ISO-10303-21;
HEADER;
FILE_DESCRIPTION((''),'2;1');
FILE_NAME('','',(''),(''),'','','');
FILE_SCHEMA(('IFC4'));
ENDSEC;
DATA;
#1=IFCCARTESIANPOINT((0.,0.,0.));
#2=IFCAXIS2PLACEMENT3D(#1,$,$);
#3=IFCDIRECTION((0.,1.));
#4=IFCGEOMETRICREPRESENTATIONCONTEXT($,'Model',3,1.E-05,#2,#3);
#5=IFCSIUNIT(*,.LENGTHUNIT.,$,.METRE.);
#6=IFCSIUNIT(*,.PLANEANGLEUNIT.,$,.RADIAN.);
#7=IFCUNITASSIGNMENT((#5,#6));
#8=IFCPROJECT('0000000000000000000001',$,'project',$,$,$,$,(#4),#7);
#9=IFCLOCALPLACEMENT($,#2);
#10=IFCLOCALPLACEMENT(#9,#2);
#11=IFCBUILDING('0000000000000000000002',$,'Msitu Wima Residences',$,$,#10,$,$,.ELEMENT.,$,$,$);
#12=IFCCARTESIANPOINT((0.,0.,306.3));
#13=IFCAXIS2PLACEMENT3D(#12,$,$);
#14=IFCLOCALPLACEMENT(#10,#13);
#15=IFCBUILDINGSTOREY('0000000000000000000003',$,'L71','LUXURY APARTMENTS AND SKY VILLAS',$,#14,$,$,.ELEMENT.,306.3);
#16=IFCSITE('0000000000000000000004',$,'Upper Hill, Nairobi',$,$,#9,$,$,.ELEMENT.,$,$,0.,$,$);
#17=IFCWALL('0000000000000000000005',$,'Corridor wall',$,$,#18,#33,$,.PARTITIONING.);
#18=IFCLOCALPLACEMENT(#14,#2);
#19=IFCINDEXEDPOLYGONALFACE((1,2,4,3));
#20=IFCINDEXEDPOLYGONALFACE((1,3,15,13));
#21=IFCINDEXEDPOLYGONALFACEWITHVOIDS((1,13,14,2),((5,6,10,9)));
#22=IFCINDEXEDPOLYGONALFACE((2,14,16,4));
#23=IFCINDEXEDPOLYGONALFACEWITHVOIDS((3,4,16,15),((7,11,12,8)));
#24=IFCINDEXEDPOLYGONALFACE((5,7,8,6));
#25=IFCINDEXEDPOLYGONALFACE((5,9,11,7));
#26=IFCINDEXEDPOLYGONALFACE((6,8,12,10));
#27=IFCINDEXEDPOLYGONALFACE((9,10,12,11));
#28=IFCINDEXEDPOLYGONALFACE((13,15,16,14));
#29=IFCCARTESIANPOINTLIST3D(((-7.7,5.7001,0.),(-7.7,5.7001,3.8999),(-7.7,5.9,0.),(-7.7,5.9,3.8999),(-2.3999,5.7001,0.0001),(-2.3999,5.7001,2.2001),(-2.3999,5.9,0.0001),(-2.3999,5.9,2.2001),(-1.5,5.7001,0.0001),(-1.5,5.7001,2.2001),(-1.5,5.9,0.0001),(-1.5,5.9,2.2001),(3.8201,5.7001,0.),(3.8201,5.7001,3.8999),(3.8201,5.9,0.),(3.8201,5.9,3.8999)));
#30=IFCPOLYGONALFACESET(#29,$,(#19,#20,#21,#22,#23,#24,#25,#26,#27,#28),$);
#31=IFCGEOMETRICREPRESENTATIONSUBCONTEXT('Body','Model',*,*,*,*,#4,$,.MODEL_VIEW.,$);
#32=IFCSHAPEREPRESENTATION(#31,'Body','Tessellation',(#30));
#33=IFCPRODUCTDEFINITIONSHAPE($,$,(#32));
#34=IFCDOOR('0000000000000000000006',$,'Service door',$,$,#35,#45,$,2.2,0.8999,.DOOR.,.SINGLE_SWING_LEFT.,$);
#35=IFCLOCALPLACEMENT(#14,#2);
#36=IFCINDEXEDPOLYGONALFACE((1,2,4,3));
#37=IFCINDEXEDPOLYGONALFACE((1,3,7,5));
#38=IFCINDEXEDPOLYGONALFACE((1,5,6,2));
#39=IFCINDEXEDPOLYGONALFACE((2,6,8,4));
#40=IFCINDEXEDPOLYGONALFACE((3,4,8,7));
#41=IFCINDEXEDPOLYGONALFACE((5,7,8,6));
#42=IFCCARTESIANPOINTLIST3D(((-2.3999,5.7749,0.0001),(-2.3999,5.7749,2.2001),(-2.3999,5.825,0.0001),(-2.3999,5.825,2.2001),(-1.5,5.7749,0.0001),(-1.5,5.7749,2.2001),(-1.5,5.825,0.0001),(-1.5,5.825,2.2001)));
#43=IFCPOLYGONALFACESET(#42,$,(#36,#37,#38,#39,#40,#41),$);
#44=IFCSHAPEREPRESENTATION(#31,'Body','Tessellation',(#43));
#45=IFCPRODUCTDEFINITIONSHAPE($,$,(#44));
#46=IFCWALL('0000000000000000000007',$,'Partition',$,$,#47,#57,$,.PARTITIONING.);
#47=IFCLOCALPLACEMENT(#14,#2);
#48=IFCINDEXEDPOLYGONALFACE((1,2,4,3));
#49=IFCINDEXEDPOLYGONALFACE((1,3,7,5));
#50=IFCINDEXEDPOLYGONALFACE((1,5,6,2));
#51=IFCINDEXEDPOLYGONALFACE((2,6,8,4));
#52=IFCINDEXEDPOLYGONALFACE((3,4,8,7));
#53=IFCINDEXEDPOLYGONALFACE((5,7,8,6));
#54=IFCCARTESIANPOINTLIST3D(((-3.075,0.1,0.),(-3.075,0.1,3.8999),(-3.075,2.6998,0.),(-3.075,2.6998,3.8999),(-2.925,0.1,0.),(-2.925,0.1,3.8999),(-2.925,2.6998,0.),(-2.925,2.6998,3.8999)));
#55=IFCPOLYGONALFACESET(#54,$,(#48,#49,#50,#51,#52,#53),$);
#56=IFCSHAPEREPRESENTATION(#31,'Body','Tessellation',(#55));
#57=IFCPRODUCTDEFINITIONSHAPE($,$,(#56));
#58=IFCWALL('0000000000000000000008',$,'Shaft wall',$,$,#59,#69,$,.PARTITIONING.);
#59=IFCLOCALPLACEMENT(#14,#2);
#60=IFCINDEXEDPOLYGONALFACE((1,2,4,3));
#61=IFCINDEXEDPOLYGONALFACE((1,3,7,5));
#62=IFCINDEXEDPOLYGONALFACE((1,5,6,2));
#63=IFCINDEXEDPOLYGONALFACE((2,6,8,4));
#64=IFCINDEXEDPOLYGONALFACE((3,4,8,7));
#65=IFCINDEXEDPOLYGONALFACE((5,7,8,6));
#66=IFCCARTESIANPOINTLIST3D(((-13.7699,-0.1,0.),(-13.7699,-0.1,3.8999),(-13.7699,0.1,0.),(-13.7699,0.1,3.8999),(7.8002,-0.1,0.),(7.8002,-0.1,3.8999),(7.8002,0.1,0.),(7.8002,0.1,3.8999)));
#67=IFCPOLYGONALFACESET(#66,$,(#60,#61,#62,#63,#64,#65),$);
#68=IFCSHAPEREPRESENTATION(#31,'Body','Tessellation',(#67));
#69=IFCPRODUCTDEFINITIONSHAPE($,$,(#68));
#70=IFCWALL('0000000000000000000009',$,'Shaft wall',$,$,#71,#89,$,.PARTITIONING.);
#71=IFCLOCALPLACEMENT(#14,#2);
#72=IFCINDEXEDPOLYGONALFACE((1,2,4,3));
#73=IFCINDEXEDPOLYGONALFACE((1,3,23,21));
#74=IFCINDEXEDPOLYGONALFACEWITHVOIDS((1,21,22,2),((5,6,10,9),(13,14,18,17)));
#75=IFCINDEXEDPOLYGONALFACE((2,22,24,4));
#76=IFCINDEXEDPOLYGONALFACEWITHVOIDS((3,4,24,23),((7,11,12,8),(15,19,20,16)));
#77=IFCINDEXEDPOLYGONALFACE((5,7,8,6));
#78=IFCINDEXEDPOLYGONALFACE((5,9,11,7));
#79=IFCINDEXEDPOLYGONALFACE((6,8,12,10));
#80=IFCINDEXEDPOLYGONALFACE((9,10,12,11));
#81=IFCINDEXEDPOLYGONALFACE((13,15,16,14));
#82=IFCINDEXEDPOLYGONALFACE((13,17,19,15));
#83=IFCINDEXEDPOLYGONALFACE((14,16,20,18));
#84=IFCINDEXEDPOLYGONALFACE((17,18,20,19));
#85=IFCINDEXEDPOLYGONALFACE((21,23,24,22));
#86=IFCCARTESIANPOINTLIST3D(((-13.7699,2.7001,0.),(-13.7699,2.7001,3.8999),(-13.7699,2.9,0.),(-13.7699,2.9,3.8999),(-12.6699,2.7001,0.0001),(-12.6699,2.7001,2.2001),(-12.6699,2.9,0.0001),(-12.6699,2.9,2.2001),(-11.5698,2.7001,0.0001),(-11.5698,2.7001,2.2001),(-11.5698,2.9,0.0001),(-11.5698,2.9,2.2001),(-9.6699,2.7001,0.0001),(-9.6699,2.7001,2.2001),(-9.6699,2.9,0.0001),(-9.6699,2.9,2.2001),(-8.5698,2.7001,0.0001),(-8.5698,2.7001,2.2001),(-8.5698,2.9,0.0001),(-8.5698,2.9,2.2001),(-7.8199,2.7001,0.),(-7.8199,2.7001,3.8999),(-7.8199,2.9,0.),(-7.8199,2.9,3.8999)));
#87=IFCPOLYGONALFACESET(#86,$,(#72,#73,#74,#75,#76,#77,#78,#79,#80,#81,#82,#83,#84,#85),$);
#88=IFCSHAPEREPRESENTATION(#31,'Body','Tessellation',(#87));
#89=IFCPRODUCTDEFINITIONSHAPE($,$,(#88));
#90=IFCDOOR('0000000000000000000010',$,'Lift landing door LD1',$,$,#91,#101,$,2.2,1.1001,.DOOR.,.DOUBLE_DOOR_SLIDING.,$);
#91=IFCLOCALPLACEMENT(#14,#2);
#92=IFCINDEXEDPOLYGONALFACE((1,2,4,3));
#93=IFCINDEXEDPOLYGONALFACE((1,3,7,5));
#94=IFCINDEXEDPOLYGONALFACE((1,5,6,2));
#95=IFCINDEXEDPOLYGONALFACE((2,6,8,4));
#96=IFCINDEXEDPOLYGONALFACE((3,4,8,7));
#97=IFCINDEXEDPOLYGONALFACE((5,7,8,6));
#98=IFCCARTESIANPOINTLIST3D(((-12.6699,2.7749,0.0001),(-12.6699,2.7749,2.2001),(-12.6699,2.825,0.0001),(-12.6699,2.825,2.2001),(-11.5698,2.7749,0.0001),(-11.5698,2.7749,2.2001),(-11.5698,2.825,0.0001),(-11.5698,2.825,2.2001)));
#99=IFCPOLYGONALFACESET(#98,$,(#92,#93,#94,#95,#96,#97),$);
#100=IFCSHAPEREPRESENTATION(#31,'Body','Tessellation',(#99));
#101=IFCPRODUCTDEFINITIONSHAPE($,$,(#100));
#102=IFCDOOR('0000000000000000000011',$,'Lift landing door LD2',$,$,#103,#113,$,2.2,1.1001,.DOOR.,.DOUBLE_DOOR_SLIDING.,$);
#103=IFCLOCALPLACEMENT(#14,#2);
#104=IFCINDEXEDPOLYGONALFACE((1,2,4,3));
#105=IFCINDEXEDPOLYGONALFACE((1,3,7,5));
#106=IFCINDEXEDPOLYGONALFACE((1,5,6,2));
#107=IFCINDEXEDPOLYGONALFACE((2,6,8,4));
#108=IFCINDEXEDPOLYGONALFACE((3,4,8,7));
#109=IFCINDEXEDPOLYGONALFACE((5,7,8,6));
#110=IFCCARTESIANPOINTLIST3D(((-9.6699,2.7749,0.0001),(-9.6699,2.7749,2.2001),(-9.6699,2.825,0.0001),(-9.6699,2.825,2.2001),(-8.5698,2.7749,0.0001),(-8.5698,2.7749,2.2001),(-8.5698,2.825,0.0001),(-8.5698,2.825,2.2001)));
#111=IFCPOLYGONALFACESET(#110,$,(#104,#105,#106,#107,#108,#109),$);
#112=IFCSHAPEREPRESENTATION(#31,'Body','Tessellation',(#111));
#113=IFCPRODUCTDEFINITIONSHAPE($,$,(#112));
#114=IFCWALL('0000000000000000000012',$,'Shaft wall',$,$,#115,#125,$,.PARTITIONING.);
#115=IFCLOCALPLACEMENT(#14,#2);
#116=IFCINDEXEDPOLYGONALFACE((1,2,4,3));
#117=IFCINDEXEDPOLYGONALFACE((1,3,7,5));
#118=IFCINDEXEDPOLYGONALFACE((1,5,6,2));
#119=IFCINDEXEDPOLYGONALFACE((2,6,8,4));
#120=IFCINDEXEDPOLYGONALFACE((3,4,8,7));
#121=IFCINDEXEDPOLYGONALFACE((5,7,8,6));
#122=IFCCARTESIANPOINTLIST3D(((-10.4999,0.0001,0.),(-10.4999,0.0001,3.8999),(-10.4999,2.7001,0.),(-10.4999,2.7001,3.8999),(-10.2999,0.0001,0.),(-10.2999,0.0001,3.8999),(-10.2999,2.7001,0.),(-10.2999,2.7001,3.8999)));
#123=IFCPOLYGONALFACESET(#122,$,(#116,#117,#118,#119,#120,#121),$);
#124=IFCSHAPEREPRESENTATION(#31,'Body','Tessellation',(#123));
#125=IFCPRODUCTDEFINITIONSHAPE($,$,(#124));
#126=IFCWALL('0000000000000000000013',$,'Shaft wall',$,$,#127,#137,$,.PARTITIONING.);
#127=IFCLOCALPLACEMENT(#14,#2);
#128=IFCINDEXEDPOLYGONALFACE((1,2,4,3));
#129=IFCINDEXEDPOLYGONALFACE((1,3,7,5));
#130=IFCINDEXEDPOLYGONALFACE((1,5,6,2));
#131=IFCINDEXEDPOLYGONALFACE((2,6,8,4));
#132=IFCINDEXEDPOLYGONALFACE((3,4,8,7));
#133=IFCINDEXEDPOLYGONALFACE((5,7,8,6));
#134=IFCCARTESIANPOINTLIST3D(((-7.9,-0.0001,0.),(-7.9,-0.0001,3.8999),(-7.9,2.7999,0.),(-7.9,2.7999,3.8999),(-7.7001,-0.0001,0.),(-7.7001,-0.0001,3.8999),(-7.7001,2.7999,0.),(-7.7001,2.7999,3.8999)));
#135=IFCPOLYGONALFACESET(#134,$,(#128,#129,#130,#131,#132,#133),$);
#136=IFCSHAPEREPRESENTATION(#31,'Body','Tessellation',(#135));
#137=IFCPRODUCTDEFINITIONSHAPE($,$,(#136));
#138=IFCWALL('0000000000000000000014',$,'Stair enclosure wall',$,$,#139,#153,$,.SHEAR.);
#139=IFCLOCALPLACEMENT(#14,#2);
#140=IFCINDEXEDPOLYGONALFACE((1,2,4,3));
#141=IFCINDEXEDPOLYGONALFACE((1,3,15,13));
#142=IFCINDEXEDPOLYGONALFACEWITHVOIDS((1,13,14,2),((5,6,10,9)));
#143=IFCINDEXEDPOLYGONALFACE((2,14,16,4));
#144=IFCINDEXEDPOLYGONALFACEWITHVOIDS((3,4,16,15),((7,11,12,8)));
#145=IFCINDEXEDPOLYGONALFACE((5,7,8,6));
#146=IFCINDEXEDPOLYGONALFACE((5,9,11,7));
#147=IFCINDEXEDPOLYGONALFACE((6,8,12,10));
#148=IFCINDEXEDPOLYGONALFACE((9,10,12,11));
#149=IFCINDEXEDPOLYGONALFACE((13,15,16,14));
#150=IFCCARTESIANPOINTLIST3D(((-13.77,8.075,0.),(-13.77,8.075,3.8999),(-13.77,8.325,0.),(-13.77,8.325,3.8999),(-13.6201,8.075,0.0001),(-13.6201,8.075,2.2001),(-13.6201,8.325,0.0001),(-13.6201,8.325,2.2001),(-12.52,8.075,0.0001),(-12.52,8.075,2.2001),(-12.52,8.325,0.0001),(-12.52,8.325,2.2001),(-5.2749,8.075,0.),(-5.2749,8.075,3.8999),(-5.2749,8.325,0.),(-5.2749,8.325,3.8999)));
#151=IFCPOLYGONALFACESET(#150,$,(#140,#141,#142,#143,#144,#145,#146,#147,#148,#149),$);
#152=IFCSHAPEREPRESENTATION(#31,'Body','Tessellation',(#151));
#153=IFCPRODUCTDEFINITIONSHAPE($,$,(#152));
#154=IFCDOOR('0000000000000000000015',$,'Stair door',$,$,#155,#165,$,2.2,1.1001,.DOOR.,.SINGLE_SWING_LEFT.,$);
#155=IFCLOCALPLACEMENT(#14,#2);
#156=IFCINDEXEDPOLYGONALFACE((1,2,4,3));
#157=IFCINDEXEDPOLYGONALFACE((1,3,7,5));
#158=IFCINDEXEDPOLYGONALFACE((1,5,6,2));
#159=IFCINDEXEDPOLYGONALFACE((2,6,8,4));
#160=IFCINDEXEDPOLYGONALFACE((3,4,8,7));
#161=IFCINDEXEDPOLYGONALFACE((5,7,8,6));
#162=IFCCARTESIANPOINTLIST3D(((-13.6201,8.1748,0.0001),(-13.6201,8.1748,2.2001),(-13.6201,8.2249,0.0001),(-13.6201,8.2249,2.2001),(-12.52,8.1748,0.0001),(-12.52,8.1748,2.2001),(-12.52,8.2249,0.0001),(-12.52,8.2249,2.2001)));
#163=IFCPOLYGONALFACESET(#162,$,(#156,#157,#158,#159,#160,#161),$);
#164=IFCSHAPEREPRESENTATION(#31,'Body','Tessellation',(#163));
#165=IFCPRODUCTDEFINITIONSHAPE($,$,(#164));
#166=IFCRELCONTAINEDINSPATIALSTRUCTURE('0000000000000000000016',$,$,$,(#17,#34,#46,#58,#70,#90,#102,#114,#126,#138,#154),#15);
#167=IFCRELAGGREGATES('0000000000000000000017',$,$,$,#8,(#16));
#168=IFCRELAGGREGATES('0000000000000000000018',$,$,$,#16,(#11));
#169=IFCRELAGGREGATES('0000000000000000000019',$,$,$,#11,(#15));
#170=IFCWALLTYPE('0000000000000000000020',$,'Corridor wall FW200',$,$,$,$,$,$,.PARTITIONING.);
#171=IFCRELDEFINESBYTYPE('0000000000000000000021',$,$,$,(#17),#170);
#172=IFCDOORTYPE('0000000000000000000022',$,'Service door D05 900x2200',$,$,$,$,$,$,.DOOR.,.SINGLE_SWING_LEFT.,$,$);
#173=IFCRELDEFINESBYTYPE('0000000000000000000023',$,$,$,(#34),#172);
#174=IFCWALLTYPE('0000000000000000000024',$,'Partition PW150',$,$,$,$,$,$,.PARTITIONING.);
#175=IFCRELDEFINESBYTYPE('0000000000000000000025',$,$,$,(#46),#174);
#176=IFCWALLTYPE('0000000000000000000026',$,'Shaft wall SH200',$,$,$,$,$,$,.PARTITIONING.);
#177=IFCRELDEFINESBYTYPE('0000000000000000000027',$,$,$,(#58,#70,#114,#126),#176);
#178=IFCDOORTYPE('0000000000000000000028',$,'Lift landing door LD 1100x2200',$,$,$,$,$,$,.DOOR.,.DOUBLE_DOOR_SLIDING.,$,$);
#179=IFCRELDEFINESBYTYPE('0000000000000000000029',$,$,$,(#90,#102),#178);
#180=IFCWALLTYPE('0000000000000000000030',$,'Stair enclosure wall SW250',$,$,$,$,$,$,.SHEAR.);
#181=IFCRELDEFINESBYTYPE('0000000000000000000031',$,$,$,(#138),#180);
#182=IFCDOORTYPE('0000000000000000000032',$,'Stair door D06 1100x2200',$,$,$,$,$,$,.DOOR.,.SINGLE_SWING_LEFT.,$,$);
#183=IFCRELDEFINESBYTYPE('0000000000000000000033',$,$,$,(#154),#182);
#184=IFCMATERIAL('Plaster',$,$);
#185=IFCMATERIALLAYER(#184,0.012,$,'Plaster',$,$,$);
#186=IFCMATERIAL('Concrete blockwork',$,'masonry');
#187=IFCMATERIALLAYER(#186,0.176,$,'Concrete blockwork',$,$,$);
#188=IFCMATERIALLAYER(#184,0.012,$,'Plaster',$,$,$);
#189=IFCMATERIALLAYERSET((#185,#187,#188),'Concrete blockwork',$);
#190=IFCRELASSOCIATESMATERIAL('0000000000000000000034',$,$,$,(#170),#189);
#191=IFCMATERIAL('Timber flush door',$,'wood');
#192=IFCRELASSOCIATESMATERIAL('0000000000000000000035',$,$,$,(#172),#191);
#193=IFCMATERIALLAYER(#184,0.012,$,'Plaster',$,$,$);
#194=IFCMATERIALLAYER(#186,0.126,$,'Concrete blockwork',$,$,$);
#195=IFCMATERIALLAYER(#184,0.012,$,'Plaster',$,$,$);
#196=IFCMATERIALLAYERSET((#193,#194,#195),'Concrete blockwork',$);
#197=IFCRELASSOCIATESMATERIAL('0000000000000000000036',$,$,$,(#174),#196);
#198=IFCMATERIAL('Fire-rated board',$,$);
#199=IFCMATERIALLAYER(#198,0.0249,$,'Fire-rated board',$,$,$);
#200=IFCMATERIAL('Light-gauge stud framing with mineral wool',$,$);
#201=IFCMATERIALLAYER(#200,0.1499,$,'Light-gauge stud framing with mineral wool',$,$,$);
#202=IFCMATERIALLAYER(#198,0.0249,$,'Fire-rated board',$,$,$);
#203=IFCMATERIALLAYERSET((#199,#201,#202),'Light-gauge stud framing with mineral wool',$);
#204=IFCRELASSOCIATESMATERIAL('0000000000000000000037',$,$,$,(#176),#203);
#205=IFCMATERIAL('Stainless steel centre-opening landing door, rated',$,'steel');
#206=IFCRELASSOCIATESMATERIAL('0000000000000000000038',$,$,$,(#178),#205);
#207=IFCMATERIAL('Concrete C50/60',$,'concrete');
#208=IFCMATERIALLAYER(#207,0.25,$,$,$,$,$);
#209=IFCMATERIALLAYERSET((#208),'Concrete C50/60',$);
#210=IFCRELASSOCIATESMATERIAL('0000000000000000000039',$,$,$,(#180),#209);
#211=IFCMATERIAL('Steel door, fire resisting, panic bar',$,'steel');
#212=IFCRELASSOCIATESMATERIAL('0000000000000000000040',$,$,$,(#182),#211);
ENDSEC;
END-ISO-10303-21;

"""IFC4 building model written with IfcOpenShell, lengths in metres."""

from ifc_helpers import new_model, si_unit, direction, frame, frame_2d, origin, place, context, subcontext, project, spatial, rectangle, extrude, material, layer, layer_set, type_object, element, fill, save


model = new_model("IFC4")

# Units and contexts
model_context = context("Model", 3, precision=1e-05, world=origin(), true_north=direction((0.0, 1.0)))
body_context = subcontext(model_context, "Body", "Model", "MODEL_VIEW")
ifc_project = project(units=[si_unit("LENGTHUNIT", "METRE"), si_unit("PLANEANGLEUNIT", "RADIAN")], contexts=[model_context])

# Site, building, storey
site_placement = place(None, origin())
site = spatial("IfcSite", under=ifc_project, at=site_placement, Name="Upper Hill, Nairobi", CompositionType="ELEMENT", RefElevation=0.0)
building_placement = place(site_placement, origin())
building = spatial("IfcBuilding", under=site, at=building_placement, Name="Msitu Wima Residences", CompositionType="ELEMENT")
storey_placement = place(building_placement, frame((0.0, 0.0, 306.3)))
storey = spatial("IfcBuildingStorey", under=building, at=storey_placement, Name="L71", Description="LUXURY APARTMENTS AND SKY VILLAS", CompositionType="ELEMENT", Elevation=306.3)

# Shared definitions
ifc_material_1 = material(Name="Plaster")
ifc_layer_1 = layer(ifc_material_1, 0.012, Name="Plaster")
ifc_material_2 = material(Name="Concrete blockwork", Category="masonry")
ifc_layer_2 = layer(ifc_material_2, 0.176, Name="Concrete blockwork")
ifc_layer_3 = layer(ifc_material_1, 0.012, Name="Plaster")
ifc_layer_set_1 = layer_set([ifc_layer_1, ifc_layer_2, ifc_layer_3], Name="Concrete blockwork")
wall_type_1 = type_object("IfcWallType", Name="Corridor wall FW200", PredefinedType="PARTITIONING", material=ifc_layer_set_1)
ifc_material_3 = material(Name="Timber flush door", Category="wood")
door_type_1 = type_object("IfcDoorType", Name="Service door D05 900x2200", OperationType="SINGLE_SWING_LEFT", PredefinedType="DOOR", material=ifc_material_3)

# Wall, opening, door
wall_1_placement = place(storey_placement, frame((-7.7, 5.8, 0.0), z_axis=(0.0, 0.0, 1.0), x_axis=(1.0, 0.0, 0.0)))
wall_1 = element("IfcWall", 1, at=wall_1_placement, inside=storey, type_object=wall_type_1, Name="Corridor wall", PredefinedType="PARTITIONING", context=body_context, shape_type="SweptSolid", body=[
    extrude(rectangle(XDim=11.52, YDim=0.2, at=frame_2d((5.76, 0.0))), origin(), (0.0, 0.0, 1.0), 3.8999),
])
opening_1_placement = place(wall_1_placement, frame((5.3, 0.0, 0.0)))
opening_1 = element("IfcOpeningElement", 2, at=opening_1_placement, cuts=wall_1, PredefinedType="OPENING", context=body_context, shape_type="SweptSolid", body=[
    extrude(rectangle(XDim=0.8999, YDim=2.2, at=frame_2d((0.45, 1.1001))), frame((0.0, 0.1099, 0.0), z_axis=(0.0, -1.0, 0.0), x_axis=(1.0, 0.0, 0.0)), (0.0, 0.0, 1.0), 0.22),
])
door_1_placement = place(opening_1_placement, origin())
door_1 = element("IfcDoor", 3, at=door_1_placement, inside=storey, type_object=door_type_1, Name="Service door", OperationType="SINGLE_SWING_LEFT", OverallHeight=2.2, OverallWidth=0.8999, PredefinedType="DOOR", context=body_context, shape_type="SweptSolid", body=[
    extrude(rectangle(XDim=0.8999, YDim=2.2, at=frame_2d((0.45, 1.1001))), frame((0.0, 0.0249, 0.0), z_axis=(0.0, -1.0, 0.0), x_axis=(1.0, 0.0, 0.0)), (0.0, 0.0, 1.0), 0.05),
])
fill(opening_1, door_1)

# Walls
ifc_layer_4 = layer(ifc_material_1, 0.012, Name="Plaster")
ifc_layer_5 = layer(ifc_material_2, 0.126, Name="Concrete blockwork")
ifc_layer_6 = layer(ifc_material_1, 0.012, Name="Plaster")
ifc_layer_set_2 = layer_set([ifc_layer_4, ifc_layer_5, ifc_layer_6], Name="Concrete blockwork")
wall_type_2 = type_object("IfcWallType", Name="Partition PW150", PredefinedType="PARTITIONING", material=ifc_layer_set_2)
wall_2_placement = place(storey_placement, frame((-3.0, 0.1001, 0.0), z_axis=(0.0, 0.0, 1.0), x_axis=(0.0, 1.0, 0.0)))
element("IfcWall", 4, at=wall_2_placement, inside=storey, type_object=wall_type_2, Name="Partition", PredefinedType="PARTITIONING", context=body_context, shape_type="SweptSolid", body=[
    extrude(rectangle(XDim=2.5999, YDim=0.1499, at=frame_2d((1.2998, 0.0))), origin(), (0.0, 0.0, 1.0), 3.8999),
])
ifc_material_4 = material(Name="Fire-rated board")
ifc_layer_7 = layer(ifc_material_4, 0.0249, Name="Fire-rated board")
ifc_material_5 = material(Name="Light-gauge stud framing with mineral wool")
ifc_layer_8 = layer(ifc_material_5, 0.1499, Name="Light-gauge stud framing with mineral wool")
ifc_layer_9 = layer(ifc_material_4, 0.0249, Name="Fire-rated board")
ifc_layer_set_3 = layer_set([ifc_layer_7, ifc_layer_8, ifc_layer_9], Name="Light-gauge stud framing with mineral wool")
wall_type_3 = type_object("IfcWallType", Name="Shaft wall SH200", PredefinedType="PARTITIONING", material=ifc_layer_set_3)
wall_3_placement = place(storey_placement, frame((-13.77, 0.0, 0.0), z_axis=(0.0, 0.0, 1.0), x_axis=(1.0, 0.0, 0.0)))
element("IfcWall", 5, at=wall_3_placement, inside=storey, type_object=wall_type_3, Name="Shaft wall", PredefinedType="PARTITIONING", context=body_context, shape_type="SweptSolid", body=[
    extrude(rectangle(XDim=21.5701, YDim=0.2, at=frame_2d((10.7852, 0.0))), origin(), (0.0, 0.0, 1.0), 3.8999),
])

# Wall, openings, doors
wall_4_placement = place(storey_placement, frame((-13.77, 2.8, 0.0), z_axis=(0.0, 0.0, 1.0), x_axis=(1.0, 0.0, 0.0)))
wall_4 = element("IfcWall", 6, at=wall_4_placement, inside=storey, type_object=wall_type_3, Name="Shaft wall", PredefinedType="PARTITIONING", context=body_context, shape_type="SweptSolid", body=[
    extrude(rectangle(XDim=5.95, YDim=0.2, at=frame_2d((2.9751, 0.0))), origin(), (0.0, 0.0, 1.0), 3.8999),
])
opening_2_placement = place(wall_4_placement, frame((1.1001, 0.0, 0.0)))
opening_2 = element("IfcOpeningElement", 7, at=opening_2_placement, cuts=wall_4, PredefinedType="OPENING", context=body_context, shape_type="SweptSolid", body=[
    extrude(rectangle(XDim=1.1001, YDim=2.2, at=frame_2d((0.55, 1.1001))), frame((0.0, 0.1099, 0.0), z_axis=(0.0, -1.0, 0.0), x_axis=(1.0, 0.0, 0.0)), (0.0, 0.0, 1.0), 0.22),
])
opening_3_placement = place(wall_4_placement, frame((4.1001, 0.0, 0.0)))
opening_3 = element("IfcOpeningElement", 8, at=opening_3_placement, cuts=wall_4, PredefinedType="OPENING", context=body_context, shape_type="SweptSolid", body=[
    extrude(rectangle(XDim=1.1001, YDim=2.2, at=frame_2d((0.55, 1.1001))), frame((0.0, 0.1099, 0.0), z_axis=(0.0, -1.0, 0.0), x_axis=(1.0, 0.0, 0.0)), (0.0, 0.0, 1.0), 0.22),
])
ifc_material_6 = material(Name="Stainless steel centre-opening landing door, rated", Category="steel")
door_type_2 = type_object("IfcDoorType", Name="Lift landing door LD 1100x2200", OperationType="DOUBLE_DOOR_SLIDING", PredefinedType="DOOR", material=ifc_material_6)
door_2_placement = place(opening_2_placement, origin())
door_2 = element("IfcDoor", 9, at=door_2_placement, inside=storey, type_object=door_type_2, Name="Lift landing door LD1", OperationType="DOUBLE_DOOR_SLIDING", OverallHeight=2.2, OverallWidth=1.1001, PredefinedType="DOOR", context=body_context, shape_type="SweptSolid", body=[
    extrude(rectangle(XDim=1.1001, YDim=2.2, at=frame_2d((0.55, 1.1001))), frame((0.0, 0.0249, 0.0), z_axis=(0.0, -1.0, 0.0), x_axis=(1.0, 0.0, 0.0)), (0.0, 0.0, 1.0), 0.05),
])
fill(opening_2, door_2)
door_3_placement = place(opening_3_placement, origin())
door_3 = element("IfcDoor", 10, at=door_3_placement, inside=storey, type_object=door_type_2, Name="Lift landing door LD2", OperationType="DOUBLE_DOOR_SLIDING", OverallHeight=2.2, OverallWidth=1.1001, PredefinedType="DOOR", context=body_context, shape_type="SweptSolid", body=[
    extrude(rectangle(XDim=1.1001, YDim=2.2, at=frame_2d((0.55, 1.1001))), frame((0.0, 0.0249, 0.0), z_axis=(0.0, -1.0, 0.0), x_axis=(1.0, 0.0, 0.0)), (0.0, 0.0, 1.0), 0.05),
])
fill(opening_3, door_3)

# Walls
wall_5_placement = place(storey_placement, frame((-10.3999, 0.0, 0.0), z_axis=(0.0, 0.0, 1.0), x_axis=(0.0, 1.0, 0.0)))
element("IfcWall", 11, at=wall_5_placement, inside=storey, type_object=wall_type_3, Name="Shaft wall", PredefinedType="PARTITIONING", context=body_context, shape_type="SweptSolid", body=[
    extrude(rectangle(XDim=2.7, YDim=0.2, at=frame_2d((1.3501, 0.0))), origin(), (0.0, 0.0, 1.0), 3.8999),
])
wall_6_placement = place(storey_placement, frame((-7.8, 0.0, 0.0), z_axis=(0.0, 0.0, 1.0), x_axis=(0.0, 1.0, 0.0)))
element("IfcWall", 12, at=wall_6_placement, inside=storey, type_object=wall_type_3, Name="Shaft wall", PredefinedType="PARTITIONING", context=body_context, shape_type="SweptSolid", body=[
    extrude(rectangle(XDim=2.8, YDim=0.2, at=frame_2d((1.3999, 0.0))), origin(), (0.0, 0.0, 1.0), 3.8999),
])

# Wall, opening, door
ifc_material_7 = material(Name="Concrete C50/60", Category="concrete")
ifc_layer_10 = layer(ifc_material_7, 0.25)
ifc_layer_set_4 = layer_set([ifc_layer_10], Name="Concrete C50/60")
wall_type_4 = type_object("IfcWallType", Name="Stair enclosure wall SW250", PredefinedType="SHEAR", material=ifc_layer_set_4)
wall_7_placement = place(storey_placement, frame((-13.77, 8.2, 0.0), z_axis=(0.0, 0.0, 1.0), x_axis=(1.0, 0.0, 0.0)))
wall_7 = element("IfcWall", 13, at=wall_7_placement, inside=storey, type_object=wall_type_4, Name="Stair enclosure wall", PredefinedType="SHEAR", context=body_context, shape_type="SweptSolid", body=[
    extrude(rectangle(XDim=8.4951, YDim=0.25, at=frame_2d((4.2476, 0.0))), origin(), (0.0, 0.0, 1.0), 3.8999),
])
opening_4_placement = place(wall_7_placement, frame((0.1499, 0.0, 0.0)))
opening_4 = element("IfcOpeningElement", 14, at=opening_4_placement, cuts=wall_7, PredefinedType="OPENING", context=body_context, shape_type="SweptSolid", body=[
    extrude(rectangle(XDim=1.1001, YDim=2.2, at=frame_2d((0.55, 1.1001))), frame((0.0, 0.135, 0.0), z_axis=(0.0, -1.0, 0.0), x_axis=(1.0, 0.0, 0.0)), (0.0, 0.0, 1.0), 0.27),
])
ifc_material_8 = material(Name="Steel door, fire resisting, panic bar", Category="steel")
door_type_3 = type_object("IfcDoorType", Name="Stair door D06 1100x2200", OperationType="SINGLE_SWING_LEFT", PredefinedType="DOOR", material=ifc_material_8)
door_4_placement = place(opening_4_placement, origin())
door_4 = element("IfcDoor", 15, at=door_4_placement, inside=storey, type_object=door_type_3, Name="Stair door", OperationType="SINGLE_SWING_LEFT", OverallHeight=2.2, OverallWidth=1.1001, PredefinedType="DOOR", context=body_context, shape_type="SweptSolid", body=[
    extrude(rectangle(XDim=1.1001, YDim=2.2, at=frame_2d((0.55, 1.1001))), frame((0.0, 0.0249, 0.0), z_axis=(0.0, -1.0, 0.0), x_axis=(1.0, 0.0, 0.0)), (0.0, 0.0, 1.0), 0.05),
])
fill(opening_4, door_4)

save(model, "model.ifc")
